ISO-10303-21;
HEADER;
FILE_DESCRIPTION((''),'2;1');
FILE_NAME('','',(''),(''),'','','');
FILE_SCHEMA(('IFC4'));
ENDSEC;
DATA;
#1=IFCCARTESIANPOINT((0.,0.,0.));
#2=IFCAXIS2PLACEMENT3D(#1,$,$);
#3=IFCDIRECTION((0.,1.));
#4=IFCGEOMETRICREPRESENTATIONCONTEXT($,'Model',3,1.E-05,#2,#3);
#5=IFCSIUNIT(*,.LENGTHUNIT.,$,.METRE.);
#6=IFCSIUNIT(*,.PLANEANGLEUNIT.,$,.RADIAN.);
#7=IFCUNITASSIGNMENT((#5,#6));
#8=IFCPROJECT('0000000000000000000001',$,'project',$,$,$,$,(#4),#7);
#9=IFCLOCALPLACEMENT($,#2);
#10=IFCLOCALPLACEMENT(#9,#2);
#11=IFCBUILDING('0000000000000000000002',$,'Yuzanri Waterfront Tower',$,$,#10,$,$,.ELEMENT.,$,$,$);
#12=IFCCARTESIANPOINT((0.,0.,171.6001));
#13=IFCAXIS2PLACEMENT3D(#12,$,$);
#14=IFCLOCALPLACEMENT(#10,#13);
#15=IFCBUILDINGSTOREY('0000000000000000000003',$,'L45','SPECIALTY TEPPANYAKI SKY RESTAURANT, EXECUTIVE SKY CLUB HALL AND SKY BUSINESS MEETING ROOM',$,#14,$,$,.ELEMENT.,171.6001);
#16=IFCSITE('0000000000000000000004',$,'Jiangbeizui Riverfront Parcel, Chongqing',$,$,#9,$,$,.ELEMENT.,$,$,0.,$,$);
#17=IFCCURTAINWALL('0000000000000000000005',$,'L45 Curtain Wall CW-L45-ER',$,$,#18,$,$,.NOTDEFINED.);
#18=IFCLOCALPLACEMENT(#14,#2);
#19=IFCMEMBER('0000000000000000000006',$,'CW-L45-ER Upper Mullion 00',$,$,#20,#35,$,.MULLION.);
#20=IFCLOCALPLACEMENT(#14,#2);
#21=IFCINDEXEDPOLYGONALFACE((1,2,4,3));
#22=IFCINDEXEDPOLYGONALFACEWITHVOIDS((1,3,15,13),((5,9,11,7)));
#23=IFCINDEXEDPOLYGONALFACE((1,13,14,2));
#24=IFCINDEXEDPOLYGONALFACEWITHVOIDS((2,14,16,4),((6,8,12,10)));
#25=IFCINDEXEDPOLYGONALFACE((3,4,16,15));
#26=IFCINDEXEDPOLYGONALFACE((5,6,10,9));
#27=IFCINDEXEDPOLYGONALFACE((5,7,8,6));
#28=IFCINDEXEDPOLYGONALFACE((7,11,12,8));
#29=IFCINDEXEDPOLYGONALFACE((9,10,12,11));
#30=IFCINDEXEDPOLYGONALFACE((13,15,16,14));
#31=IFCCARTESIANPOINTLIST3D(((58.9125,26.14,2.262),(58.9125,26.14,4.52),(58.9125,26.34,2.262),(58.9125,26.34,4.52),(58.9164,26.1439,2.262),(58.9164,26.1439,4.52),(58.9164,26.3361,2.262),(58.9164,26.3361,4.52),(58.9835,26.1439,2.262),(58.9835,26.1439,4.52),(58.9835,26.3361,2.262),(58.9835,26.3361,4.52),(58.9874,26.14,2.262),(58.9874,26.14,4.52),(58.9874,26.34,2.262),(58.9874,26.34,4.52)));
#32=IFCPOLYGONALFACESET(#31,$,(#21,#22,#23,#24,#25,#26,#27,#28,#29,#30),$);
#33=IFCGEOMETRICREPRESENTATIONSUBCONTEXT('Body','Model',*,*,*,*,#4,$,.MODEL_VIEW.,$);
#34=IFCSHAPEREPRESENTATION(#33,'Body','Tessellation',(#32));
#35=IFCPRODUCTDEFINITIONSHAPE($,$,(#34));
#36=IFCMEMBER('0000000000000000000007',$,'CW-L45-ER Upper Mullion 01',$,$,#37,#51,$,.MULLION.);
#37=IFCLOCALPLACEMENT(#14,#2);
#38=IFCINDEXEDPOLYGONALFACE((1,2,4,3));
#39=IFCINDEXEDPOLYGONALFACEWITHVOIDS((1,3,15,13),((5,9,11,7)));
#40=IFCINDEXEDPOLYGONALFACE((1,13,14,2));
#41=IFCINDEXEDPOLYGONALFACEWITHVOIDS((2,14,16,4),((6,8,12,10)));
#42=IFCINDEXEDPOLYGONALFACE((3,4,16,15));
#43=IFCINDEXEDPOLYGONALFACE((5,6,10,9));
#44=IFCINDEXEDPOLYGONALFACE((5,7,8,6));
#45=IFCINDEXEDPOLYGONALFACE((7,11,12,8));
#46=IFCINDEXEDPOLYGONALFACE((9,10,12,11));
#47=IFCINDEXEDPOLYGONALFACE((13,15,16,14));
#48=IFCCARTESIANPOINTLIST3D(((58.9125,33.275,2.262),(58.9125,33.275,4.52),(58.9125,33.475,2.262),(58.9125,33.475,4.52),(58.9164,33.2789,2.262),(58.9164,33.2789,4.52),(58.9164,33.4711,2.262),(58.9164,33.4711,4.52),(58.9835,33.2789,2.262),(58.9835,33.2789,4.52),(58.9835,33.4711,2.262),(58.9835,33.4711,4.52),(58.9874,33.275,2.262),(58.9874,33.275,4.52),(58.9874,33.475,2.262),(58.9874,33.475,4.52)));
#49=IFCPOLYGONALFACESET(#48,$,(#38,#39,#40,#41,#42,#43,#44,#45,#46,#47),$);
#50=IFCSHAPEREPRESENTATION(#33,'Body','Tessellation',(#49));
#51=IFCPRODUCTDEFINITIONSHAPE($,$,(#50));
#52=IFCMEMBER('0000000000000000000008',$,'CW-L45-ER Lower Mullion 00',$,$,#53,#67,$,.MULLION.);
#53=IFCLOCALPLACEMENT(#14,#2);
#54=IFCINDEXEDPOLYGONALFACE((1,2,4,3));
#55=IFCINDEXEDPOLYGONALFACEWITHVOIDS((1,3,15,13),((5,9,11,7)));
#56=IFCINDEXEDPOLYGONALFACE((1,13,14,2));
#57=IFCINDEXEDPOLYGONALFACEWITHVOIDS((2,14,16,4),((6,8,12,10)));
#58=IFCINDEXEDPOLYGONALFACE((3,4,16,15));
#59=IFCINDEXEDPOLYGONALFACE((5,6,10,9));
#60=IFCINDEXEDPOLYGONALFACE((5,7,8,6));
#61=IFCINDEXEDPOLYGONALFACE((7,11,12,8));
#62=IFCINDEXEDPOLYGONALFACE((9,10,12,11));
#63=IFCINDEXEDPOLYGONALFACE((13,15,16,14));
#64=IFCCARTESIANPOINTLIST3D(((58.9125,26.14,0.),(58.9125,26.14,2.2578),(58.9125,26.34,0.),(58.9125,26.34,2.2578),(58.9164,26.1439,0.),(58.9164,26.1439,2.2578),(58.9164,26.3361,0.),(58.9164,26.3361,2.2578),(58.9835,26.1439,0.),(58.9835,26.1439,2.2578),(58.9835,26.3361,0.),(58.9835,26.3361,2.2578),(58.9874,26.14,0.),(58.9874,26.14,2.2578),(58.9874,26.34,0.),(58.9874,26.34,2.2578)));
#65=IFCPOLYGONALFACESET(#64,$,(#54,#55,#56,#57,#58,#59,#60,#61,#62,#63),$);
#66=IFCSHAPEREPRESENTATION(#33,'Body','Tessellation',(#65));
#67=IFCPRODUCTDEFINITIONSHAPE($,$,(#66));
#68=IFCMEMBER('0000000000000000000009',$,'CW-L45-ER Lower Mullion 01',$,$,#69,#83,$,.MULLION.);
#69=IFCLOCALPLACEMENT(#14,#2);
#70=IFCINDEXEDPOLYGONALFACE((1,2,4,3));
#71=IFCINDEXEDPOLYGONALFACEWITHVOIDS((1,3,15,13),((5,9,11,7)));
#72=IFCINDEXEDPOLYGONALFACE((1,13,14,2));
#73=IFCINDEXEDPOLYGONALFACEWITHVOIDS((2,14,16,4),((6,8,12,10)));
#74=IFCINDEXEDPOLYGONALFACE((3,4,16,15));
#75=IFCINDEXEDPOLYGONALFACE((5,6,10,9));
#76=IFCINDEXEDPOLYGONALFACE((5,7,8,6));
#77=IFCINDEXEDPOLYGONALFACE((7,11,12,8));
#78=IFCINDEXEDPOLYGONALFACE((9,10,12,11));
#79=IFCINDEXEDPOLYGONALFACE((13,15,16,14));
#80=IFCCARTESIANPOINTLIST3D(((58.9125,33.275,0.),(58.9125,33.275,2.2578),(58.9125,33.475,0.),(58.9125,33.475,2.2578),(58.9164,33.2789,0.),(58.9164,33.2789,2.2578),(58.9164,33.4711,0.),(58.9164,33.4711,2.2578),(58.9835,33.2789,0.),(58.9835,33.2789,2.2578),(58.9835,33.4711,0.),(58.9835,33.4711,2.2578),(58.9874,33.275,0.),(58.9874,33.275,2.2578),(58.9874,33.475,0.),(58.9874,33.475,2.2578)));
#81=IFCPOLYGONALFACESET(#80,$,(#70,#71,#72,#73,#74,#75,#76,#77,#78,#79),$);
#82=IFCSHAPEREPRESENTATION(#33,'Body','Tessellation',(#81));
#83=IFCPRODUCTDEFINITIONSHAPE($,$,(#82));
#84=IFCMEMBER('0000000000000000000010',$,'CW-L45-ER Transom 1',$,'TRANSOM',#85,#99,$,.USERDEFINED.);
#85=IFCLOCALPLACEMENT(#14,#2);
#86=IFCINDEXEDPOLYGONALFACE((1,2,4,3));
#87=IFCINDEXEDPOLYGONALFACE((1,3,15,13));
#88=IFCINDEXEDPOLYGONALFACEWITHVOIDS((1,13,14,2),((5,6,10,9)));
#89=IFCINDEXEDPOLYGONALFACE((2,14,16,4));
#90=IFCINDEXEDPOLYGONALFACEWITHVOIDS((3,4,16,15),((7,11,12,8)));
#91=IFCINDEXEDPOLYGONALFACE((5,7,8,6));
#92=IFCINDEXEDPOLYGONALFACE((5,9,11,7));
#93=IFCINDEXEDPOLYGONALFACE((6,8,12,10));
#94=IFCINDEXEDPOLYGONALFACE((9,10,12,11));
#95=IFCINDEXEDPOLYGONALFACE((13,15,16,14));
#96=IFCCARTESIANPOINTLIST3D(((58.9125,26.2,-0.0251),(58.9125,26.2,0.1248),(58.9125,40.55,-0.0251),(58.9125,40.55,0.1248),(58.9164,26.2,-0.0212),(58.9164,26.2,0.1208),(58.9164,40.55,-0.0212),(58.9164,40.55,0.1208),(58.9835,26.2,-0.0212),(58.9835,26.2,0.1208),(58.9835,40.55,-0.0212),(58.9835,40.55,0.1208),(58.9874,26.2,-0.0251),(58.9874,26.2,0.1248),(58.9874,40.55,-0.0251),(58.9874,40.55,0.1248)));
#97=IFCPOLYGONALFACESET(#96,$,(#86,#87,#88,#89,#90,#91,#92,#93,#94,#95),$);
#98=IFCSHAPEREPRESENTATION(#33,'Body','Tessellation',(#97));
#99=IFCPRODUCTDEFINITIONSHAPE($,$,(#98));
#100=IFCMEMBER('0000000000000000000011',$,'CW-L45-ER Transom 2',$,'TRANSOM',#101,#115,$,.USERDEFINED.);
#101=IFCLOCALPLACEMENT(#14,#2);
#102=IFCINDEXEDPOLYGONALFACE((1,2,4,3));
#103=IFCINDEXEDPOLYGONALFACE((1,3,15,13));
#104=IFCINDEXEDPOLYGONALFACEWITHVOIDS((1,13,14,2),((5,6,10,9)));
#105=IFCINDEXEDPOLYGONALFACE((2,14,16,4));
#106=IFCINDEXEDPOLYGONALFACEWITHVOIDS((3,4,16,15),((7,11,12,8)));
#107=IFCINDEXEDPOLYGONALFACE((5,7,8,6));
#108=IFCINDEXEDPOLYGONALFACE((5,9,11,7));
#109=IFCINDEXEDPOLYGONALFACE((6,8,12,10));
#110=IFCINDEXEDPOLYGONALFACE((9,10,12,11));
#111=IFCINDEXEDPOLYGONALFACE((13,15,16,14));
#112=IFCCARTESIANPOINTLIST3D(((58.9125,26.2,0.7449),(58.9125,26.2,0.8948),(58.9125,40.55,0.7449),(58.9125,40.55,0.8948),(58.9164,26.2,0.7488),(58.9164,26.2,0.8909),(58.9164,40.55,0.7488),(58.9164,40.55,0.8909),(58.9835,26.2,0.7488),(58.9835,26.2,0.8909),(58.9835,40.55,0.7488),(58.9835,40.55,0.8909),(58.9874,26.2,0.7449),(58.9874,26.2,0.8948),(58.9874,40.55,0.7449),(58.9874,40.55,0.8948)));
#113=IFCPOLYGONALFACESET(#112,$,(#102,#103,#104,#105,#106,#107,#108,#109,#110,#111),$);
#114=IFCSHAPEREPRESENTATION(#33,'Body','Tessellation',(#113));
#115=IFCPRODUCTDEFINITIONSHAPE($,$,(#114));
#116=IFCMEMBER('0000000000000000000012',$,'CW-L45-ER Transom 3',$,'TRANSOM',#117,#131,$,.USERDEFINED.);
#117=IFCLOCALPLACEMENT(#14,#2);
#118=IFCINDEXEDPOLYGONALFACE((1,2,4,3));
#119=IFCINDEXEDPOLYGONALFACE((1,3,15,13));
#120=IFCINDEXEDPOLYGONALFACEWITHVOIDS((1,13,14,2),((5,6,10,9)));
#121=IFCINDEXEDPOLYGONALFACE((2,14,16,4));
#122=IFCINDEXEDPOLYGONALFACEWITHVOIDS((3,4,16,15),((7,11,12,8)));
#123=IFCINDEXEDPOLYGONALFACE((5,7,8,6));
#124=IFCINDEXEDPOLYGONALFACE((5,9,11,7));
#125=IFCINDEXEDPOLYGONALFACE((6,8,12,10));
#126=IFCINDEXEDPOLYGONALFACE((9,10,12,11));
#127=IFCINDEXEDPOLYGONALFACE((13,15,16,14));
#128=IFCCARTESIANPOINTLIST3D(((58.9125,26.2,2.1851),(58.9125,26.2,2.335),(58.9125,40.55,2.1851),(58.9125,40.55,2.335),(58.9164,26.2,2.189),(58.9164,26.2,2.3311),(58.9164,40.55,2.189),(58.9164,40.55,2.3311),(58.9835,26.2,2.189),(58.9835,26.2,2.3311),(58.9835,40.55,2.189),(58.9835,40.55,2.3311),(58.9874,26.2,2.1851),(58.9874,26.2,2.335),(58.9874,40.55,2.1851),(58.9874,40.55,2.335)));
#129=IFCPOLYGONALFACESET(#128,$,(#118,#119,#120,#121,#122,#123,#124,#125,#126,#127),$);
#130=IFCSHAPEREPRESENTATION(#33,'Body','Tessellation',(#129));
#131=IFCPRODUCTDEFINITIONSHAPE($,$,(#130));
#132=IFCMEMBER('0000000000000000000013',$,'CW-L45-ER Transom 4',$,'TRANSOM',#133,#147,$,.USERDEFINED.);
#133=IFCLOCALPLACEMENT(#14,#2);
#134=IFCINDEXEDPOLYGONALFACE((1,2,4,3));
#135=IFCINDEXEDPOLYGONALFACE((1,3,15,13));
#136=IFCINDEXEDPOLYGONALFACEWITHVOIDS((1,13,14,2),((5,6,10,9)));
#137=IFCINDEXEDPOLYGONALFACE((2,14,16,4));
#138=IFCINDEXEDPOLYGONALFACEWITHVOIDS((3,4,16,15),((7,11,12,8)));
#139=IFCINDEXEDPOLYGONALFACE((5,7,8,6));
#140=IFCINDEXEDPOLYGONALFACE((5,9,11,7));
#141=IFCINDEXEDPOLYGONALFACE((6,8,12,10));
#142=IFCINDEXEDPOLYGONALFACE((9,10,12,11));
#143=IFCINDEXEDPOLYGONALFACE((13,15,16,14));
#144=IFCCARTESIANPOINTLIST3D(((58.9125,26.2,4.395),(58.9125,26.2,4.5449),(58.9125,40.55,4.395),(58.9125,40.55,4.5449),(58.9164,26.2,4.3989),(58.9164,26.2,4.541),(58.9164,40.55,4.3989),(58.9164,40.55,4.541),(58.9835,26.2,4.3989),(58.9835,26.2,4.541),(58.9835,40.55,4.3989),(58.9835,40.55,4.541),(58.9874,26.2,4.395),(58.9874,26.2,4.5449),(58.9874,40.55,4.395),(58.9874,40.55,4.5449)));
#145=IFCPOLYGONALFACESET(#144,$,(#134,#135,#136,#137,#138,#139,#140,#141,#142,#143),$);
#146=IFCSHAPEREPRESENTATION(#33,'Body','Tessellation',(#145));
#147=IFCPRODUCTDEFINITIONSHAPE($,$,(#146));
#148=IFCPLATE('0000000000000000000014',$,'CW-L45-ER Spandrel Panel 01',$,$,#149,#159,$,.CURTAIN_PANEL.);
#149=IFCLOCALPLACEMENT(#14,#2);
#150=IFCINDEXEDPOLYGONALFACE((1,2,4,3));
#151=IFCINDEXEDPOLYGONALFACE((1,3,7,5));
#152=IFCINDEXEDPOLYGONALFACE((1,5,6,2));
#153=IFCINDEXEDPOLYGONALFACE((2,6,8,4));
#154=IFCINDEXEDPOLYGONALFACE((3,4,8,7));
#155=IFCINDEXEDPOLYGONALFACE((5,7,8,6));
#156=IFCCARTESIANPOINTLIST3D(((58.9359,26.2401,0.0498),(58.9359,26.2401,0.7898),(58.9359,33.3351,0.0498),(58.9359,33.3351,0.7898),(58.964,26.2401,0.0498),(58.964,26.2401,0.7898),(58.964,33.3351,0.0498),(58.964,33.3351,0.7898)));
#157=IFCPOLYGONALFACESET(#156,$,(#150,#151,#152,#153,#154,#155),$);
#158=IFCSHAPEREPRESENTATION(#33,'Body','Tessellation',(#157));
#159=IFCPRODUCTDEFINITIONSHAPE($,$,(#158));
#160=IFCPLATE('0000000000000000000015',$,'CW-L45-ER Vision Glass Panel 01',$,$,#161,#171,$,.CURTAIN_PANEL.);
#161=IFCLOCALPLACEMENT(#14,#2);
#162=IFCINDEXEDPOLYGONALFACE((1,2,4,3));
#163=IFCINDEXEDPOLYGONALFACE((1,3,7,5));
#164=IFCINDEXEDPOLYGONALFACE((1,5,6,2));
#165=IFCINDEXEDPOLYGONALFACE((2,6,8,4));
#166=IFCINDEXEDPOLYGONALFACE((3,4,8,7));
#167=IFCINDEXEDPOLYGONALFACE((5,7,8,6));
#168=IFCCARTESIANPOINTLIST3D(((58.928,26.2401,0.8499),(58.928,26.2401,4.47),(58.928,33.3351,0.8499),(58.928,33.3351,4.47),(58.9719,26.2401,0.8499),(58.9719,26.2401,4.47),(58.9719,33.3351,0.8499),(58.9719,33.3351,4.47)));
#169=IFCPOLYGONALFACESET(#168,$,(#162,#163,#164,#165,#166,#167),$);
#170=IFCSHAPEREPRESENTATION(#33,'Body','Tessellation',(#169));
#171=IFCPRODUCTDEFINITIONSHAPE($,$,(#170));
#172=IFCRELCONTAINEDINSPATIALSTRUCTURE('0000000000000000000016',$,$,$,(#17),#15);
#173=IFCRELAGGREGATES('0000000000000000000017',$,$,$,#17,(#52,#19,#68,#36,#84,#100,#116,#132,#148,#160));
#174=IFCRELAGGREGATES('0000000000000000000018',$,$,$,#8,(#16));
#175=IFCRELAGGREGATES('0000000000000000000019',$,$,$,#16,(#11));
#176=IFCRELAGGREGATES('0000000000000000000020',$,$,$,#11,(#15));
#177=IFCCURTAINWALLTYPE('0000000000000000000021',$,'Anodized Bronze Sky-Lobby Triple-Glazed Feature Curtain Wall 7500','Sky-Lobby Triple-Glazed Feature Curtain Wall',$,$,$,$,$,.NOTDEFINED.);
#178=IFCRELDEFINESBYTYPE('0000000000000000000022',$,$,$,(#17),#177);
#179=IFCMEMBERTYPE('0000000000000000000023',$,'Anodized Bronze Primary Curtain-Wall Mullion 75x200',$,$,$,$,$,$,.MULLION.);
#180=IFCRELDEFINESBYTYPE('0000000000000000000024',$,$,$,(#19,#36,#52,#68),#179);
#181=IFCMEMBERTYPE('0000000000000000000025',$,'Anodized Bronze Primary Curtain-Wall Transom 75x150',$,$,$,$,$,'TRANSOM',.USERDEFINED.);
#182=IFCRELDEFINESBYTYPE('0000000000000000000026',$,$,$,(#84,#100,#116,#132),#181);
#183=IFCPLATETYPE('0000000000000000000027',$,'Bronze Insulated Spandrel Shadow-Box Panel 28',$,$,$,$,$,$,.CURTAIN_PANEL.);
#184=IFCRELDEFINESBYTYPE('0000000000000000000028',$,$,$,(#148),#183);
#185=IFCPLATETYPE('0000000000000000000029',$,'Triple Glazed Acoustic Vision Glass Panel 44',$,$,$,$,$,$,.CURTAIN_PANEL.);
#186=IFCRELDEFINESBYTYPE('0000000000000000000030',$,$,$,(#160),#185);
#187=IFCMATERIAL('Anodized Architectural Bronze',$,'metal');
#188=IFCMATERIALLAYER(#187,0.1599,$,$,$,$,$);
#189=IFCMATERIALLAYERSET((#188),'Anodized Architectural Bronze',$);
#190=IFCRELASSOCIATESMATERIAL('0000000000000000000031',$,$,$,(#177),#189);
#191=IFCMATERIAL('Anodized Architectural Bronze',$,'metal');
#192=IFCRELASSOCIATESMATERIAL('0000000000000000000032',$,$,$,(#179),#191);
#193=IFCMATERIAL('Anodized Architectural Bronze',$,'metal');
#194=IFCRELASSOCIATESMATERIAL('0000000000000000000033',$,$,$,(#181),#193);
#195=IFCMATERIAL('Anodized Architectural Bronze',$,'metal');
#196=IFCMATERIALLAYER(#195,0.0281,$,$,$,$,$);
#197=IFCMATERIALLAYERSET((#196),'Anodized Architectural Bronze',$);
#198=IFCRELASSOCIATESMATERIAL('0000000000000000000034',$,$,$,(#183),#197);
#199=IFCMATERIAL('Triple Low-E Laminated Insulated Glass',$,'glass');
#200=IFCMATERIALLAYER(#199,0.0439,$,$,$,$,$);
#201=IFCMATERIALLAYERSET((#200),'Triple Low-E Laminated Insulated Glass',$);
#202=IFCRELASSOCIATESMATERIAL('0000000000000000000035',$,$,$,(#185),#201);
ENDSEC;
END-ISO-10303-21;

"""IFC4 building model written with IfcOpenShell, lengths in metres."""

from ifc_helpers import new_model, si_unit, direction, frame, origin, origin_2d, place, context, subcontext, project, spatial, rectangle, hollow_rectangle, extrude, source, transform, mapped, material, layer, layer_set, material_profile, profile_set, type_object, element, aggregate, save


model = new_model("IFC4")

# Units and contexts
model_context = context("Model", 3, precision=1e-05, world=origin(), true_north=direction((0.0, 1.0)))
body_context = subcontext(model_context, "Body", "Model", "MODEL_VIEW")
ifc_project = project(units=[si_unit("LENGTHUNIT", "METRE"), si_unit("PLANEANGLEUNIT", "RADIAN")], contexts=[model_context])

# Site, building, storey
site_placement = place(None, origin())
site = spatial("IfcSite", under=ifc_project, at=site_placement, Name="Jiangbeizui Riverfront Parcel, Chongqing", CompositionType="ELEMENT", RefElevation=0.0)
building_placement = place(site_placement, origin())
building = spatial("IfcBuilding", under=site, at=building_placement, Name="Yuzanri Waterfront Tower", CompositionType="ELEMENT")
storey_placement = place(building_placement, frame((0.0, 0.0, 171.6001)))
storey = spatial("IfcBuildingStorey", under=building, at=storey_placement, Name="L45", Description="SPECIALTY TEPPANYAKI SKY RESTAURANT, EXECUTIVE SKY CLUB HALL AND SKY BUSINESS MEETING ROOM", CompositionType="ELEMENT", Elevation=171.6001)

# Curtain wall, members, plates
ifc_material_1 = material(Name="Anodized Architectural Bronze", Category="metal")
ifc_layer_1 = layer(ifc_material_1, 0.1599)
ifc_layer_set_1 = layer_set([ifc_layer_1], Name="Anodized Architectural Bronze")
curtain_wall_type = type_object("IfcCurtainWallType", Name="Anodized Bronze Sky-Lobby Triple-Glazed Feature Curtain Wall 7500", Description="Sky-Lobby Triple-Glazed Feature Curtain Wall", PredefinedType="NOTDEFINED", material=ifc_layer_set_1)
curtain_wall_placement = place(storey_placement, origin())
curtain_wall = element("IfcCurtainWall", 1, at=curtain_wall_placement, inside=storey, type_object=curtain_wall_type, Name="L45 Curtain Wall CW-L45-ER", PredefinedType="NOTDEFINED")
ifc_material_2 = material(Name="Anodized Architectural Bronze", Category="metal")
ifc_material_profile_1 = material_profile(ifc_material_2, hollow_rectangle(XDim=0.075, YDim=0.2, WallThickness=0.0039, at=origin_2d()), Name="CWM 75x200")
ifc_profile_set_1 = profile_set([ifc_material_profile_1], Name="Anodized Architectural Bronze")
member_type_1 = type_object("IfcMemberType", Name="Anodized Bronze Primary Curtain-Wall Mullion 75x200", PredefinedType="MULLION", material=ifc_profile_set_1)
shared_shape_1 = source(origin(), body_context, "Body", "SweptSolid", [
    extrude(hollow_rectangle(XDim=0.075, YDim=0.2, WallThickness=0.0039, at=origin_2d()), origin(), (0.0, 0.0, 1.0), 2.2581),
])
member_1_placement = place(storey_placement, frame((58.95, 26.24, 2.262), z_axis=(0.0, 0.0, 1.0), x_axis=(1.0, 0.0, 0.0)))
member_1 = element("IfcMember", 2, at=member_1_placement, type_object=member_type_1, Name="CW-L45-ER Upper Mullion 00", PredefinedType="MULLION", context=body_context, shape_type="MappedRepresentation", body=[
    mapped(shared_shape_1, transform((0.0, 0.0, 0.0), scale=1.0)),
])
member_2_placement = place(storey_placement, frame((58.95, 33.375, 2.262), z_axis=(0.0, 0.0, 1.0), x_axis=(1.0, 0.0, 0.0)))
member_2 = element("IfcMember", 3, at=member_2_placement, type_object=member_type_1, Name="CW-L45-ER Upper Mullion 01", PredefinedType="MULLION", context=body_context, shape_type="MappedRepresentation", body=[
    mapped(shared_shape_1, transform((0.0, 0.0, 0.0), scale=1.0)),
])
shared_shape_2 = source(origin(), body_context, "Body", "SweptSolid", [
    extrude(hollow_rectangle(XDim=0.075, YDim=0.2, WallThickness=0.0039, at=origin_2d()), origin(), (0.0, 0.0, 1.0), 2.2578),
])
member_3_placement = place(storey_placement, frame((58.95, 26.24, 0.0), z_axis=(0.0, 0.0, 1.0), x_axis=(1.0, 0.0, 0.0)))
member_3 = element("IfcMember", 4, at=member_3_placement, type_object=member_type_1, Name="CW-L45-ER Lower Mullion 00", PredefinedType="MULLION", context=body_context, shape_type="MappedRepresentation", body=[
    mapped(shared_shape_2, transform((0.0, 0.0, 0.0), scale=1.0)),
])
member_4_placement = place(storey_placement, frame((58.95, 33.375, 0.0), z_axis=(0.0, 0.0, 1.0), x_axis=(1.0, 0.0, 0.0)))
member_4 = element("IfcMember", 5, at=member_4_placement, type_object=member_type_1, Name="CW-L45-ER Lower Mullion 01", PredefinedType="MULLION", context=body_context, shape_type="MappedRepresentation", body=[
    mapped(shared_shape_2, transform((0.0, 0.0, 0.0), scale=1.0)),
])
ifc_material_3 = material(Name="Anodized Architectural Bronze", Category="metal")
ifc_material_profile_2 = material_profile(ifc_material_3, hollow_rectangle(XDim=0.075, YDim=0.1499, WallThickness=0.0039, at=origin_2d()), Name="CWT 75x150")
ifc_profile_set_2 = profile_set([ifc_material_profile_2], Name="Anodized Architectural Bronze")
member_type_2 = type_object("IfcMemberType", Name="Anodized Bronze Primary Curtain-Wall Transom 75x150", ElementType="TRANSOM", PredefinedType="USERDEFINED", material=ifc_profile_set_2)
shared_shape_3 = source(origin(), body_context, "Body", "SweptSolid", [
    extrude(hollow_rectangle(XDim=0.075, YDim=0.1499, WallThickness=0.0039, at=origin_2d()), origin(), (0.0, 0.0, 1.0), 14.3501),
])
member_5_placement = place(storey_placement, frame((58.95, 26.2, 0.0498), z_axis=(0.0, 1.0, 0.0), x_axis=(-1.0, 0.0, 0.0)))
member_5 = element("IfcMember", 6, at=member_5_placement, type_object=member_type_2, Name="CW-L45-ER Transom 1", ObjectType="TRANSOM", PredefinedType="USERDEFINED", context=body_context, shape_type="MappedRepresentation", body=[
    mapped(shared_shape_3, transform((0.0, 0.0, 0.0), scale=1.0)),
])
member_6_placement = place(storey_placement, frame((58.95, 26.2, 0.8198), z_axis=(0.0, 1.0, 0.0), x_axis=(-1.0, 0.0, 0.0)))
member_6 = element("IfcMember", 7, at=member_6_placement, type_object=member_type_2, Name="CW-L45-ER Transom 2", ObjectType="TRANSOM", PredefinedType="USERDEFINED", context=body_context, shape_type="MappedRepresentation", body=[
    mapped(shared_shape_3, transform((0.0, 0.0, 0.0), scale=1.0)),
])
member_7_placement = place(storey_placement, frame((58.95, 26.2, 2.26), z_axis=(0.0, 1.0, 0.0), x_axis=(-1.0, 0.0, 0.0)))
member_7 = element("IfcMember", 8, at=member_7_placement, type_object=member_type_2, Name="CW-L45-ER Transom 3", ObjectType="TRANSOM", PredefinedType="USERDEFINED", context=body_context, shape_type="MappedRepresentation", body=[
    mapped(shared_shape_3, transform((0.0, 0.0, 0.0), scale=1.0)),
])
member_8_placement = place(storey_placement, frame((58.95, 26.2, 4.47), z_axis=(0.0, 1.0, 0.0), x_axis=(-1.0, 0.0, 0.0)))
member_8 = element("IfcMember", 9, at=member_8_placement, type_object=member_type_2, Name="CW-L45-ER Transom 4", ObjectType="TRANSOM", PredefinedType="USERDEFINED", context=body_context, shape_type="MappedRepresentation", body=[
    mapped(shared_shape_3, transform((0.0, 0.0, 0.0), scale=1.0)),
])
ifc_material_4 = material(Name="Anodized Architectural Bronze", Category="metal")
ifc_layer_2 = layer(ifc_material_4, 0.0281)
ifc_layer_set_2 = layer_set([ifc_layer_2], Name="Anodized Architectural Bronze")
plate_type_1 = type_object("IfcPlateType", Name="Bronze Insulated Spandrel Shadow-Box Panel 28", PredefinedType="CURTAIN_PANEL", material=ifc_layer_set_2)
shared_shape_4 = source(origin(), body_context, "Body", "SweptSolid", [
    extrude(rectangle(XDim=7.095, YDim=0.0281, at=origin_2d()), origin(), (0.0, 0.0, 1.0), 0.74),
])
plate_1_placement = place(storey_placement, frame((58.95, 29.7876, 0.0498), z_axis=(0.0, 0.0, 1.0), x_axis=(0.0, 1.0, 0.0)))
plate_1 = element("IfcPlate", 10, at=plate_1_placement, type_object=plate_type_1, Name="CW-L45-ER Spandrel Panel 01", PredefinedType="CURTAIN_PANEL", context=body_context, shape_type="MappedRepresentation", body=[
    mapped(shared_shape_4, transform((0.0, 0.0, 0.0), scale=1.0)),
])
ifc_material_5 = material(Name="Triple Low-E Laminated Insulated Glass", Category="glass")
ifc_layer_3 = layer(ifc_material_5, 0.0439)
ifc_layer_set_3 = layer_set([ifc_layer_3], Name="Triple Low-E Laminated Insulated Glass")
plate_type_2 = type_object("IfcPlateType", Name="Triple Glazed Acoustic Vision Glass Panel 44", PredefinedType="CURTAIN_PANEL", material=ifc_layer_set_3)
shared_shape_5 = source(origin(), body_context, "Body", "SweptSolid", [
    extrude(rectangle(XDim=7.095, YDim=0.0439, at=origin_2d()), origin(), (0.0, 0.0, 1.0), 3.6201),
])
plate_2_placement = place(storey_placement, frame((58.95, 29.7876, 0.8499), z_axis=(0.0, 0.0, 1.0), x_axis=(0.0, 1.0, 0.0)))
plate_2 = element("IfcPlate", 11, at=plate_2_placement, type_object=plate_type_2, Name="CW-L45-ER Vision Glass Panel 01", PredefinedType="CURTAIN_PANEL", context=body_context, shape_type="MappedRepresentation", body=[
    mapped(shared_shape_5, transform((0.0, 0.0, 0.0), scale=1.0)),
])
aggregate(curtain_wall, [member_3, member_1, member_4, member_2, member_5, member_6, member_7, member_8, plate_1, plate_2])

save(model, "model.ifc")
